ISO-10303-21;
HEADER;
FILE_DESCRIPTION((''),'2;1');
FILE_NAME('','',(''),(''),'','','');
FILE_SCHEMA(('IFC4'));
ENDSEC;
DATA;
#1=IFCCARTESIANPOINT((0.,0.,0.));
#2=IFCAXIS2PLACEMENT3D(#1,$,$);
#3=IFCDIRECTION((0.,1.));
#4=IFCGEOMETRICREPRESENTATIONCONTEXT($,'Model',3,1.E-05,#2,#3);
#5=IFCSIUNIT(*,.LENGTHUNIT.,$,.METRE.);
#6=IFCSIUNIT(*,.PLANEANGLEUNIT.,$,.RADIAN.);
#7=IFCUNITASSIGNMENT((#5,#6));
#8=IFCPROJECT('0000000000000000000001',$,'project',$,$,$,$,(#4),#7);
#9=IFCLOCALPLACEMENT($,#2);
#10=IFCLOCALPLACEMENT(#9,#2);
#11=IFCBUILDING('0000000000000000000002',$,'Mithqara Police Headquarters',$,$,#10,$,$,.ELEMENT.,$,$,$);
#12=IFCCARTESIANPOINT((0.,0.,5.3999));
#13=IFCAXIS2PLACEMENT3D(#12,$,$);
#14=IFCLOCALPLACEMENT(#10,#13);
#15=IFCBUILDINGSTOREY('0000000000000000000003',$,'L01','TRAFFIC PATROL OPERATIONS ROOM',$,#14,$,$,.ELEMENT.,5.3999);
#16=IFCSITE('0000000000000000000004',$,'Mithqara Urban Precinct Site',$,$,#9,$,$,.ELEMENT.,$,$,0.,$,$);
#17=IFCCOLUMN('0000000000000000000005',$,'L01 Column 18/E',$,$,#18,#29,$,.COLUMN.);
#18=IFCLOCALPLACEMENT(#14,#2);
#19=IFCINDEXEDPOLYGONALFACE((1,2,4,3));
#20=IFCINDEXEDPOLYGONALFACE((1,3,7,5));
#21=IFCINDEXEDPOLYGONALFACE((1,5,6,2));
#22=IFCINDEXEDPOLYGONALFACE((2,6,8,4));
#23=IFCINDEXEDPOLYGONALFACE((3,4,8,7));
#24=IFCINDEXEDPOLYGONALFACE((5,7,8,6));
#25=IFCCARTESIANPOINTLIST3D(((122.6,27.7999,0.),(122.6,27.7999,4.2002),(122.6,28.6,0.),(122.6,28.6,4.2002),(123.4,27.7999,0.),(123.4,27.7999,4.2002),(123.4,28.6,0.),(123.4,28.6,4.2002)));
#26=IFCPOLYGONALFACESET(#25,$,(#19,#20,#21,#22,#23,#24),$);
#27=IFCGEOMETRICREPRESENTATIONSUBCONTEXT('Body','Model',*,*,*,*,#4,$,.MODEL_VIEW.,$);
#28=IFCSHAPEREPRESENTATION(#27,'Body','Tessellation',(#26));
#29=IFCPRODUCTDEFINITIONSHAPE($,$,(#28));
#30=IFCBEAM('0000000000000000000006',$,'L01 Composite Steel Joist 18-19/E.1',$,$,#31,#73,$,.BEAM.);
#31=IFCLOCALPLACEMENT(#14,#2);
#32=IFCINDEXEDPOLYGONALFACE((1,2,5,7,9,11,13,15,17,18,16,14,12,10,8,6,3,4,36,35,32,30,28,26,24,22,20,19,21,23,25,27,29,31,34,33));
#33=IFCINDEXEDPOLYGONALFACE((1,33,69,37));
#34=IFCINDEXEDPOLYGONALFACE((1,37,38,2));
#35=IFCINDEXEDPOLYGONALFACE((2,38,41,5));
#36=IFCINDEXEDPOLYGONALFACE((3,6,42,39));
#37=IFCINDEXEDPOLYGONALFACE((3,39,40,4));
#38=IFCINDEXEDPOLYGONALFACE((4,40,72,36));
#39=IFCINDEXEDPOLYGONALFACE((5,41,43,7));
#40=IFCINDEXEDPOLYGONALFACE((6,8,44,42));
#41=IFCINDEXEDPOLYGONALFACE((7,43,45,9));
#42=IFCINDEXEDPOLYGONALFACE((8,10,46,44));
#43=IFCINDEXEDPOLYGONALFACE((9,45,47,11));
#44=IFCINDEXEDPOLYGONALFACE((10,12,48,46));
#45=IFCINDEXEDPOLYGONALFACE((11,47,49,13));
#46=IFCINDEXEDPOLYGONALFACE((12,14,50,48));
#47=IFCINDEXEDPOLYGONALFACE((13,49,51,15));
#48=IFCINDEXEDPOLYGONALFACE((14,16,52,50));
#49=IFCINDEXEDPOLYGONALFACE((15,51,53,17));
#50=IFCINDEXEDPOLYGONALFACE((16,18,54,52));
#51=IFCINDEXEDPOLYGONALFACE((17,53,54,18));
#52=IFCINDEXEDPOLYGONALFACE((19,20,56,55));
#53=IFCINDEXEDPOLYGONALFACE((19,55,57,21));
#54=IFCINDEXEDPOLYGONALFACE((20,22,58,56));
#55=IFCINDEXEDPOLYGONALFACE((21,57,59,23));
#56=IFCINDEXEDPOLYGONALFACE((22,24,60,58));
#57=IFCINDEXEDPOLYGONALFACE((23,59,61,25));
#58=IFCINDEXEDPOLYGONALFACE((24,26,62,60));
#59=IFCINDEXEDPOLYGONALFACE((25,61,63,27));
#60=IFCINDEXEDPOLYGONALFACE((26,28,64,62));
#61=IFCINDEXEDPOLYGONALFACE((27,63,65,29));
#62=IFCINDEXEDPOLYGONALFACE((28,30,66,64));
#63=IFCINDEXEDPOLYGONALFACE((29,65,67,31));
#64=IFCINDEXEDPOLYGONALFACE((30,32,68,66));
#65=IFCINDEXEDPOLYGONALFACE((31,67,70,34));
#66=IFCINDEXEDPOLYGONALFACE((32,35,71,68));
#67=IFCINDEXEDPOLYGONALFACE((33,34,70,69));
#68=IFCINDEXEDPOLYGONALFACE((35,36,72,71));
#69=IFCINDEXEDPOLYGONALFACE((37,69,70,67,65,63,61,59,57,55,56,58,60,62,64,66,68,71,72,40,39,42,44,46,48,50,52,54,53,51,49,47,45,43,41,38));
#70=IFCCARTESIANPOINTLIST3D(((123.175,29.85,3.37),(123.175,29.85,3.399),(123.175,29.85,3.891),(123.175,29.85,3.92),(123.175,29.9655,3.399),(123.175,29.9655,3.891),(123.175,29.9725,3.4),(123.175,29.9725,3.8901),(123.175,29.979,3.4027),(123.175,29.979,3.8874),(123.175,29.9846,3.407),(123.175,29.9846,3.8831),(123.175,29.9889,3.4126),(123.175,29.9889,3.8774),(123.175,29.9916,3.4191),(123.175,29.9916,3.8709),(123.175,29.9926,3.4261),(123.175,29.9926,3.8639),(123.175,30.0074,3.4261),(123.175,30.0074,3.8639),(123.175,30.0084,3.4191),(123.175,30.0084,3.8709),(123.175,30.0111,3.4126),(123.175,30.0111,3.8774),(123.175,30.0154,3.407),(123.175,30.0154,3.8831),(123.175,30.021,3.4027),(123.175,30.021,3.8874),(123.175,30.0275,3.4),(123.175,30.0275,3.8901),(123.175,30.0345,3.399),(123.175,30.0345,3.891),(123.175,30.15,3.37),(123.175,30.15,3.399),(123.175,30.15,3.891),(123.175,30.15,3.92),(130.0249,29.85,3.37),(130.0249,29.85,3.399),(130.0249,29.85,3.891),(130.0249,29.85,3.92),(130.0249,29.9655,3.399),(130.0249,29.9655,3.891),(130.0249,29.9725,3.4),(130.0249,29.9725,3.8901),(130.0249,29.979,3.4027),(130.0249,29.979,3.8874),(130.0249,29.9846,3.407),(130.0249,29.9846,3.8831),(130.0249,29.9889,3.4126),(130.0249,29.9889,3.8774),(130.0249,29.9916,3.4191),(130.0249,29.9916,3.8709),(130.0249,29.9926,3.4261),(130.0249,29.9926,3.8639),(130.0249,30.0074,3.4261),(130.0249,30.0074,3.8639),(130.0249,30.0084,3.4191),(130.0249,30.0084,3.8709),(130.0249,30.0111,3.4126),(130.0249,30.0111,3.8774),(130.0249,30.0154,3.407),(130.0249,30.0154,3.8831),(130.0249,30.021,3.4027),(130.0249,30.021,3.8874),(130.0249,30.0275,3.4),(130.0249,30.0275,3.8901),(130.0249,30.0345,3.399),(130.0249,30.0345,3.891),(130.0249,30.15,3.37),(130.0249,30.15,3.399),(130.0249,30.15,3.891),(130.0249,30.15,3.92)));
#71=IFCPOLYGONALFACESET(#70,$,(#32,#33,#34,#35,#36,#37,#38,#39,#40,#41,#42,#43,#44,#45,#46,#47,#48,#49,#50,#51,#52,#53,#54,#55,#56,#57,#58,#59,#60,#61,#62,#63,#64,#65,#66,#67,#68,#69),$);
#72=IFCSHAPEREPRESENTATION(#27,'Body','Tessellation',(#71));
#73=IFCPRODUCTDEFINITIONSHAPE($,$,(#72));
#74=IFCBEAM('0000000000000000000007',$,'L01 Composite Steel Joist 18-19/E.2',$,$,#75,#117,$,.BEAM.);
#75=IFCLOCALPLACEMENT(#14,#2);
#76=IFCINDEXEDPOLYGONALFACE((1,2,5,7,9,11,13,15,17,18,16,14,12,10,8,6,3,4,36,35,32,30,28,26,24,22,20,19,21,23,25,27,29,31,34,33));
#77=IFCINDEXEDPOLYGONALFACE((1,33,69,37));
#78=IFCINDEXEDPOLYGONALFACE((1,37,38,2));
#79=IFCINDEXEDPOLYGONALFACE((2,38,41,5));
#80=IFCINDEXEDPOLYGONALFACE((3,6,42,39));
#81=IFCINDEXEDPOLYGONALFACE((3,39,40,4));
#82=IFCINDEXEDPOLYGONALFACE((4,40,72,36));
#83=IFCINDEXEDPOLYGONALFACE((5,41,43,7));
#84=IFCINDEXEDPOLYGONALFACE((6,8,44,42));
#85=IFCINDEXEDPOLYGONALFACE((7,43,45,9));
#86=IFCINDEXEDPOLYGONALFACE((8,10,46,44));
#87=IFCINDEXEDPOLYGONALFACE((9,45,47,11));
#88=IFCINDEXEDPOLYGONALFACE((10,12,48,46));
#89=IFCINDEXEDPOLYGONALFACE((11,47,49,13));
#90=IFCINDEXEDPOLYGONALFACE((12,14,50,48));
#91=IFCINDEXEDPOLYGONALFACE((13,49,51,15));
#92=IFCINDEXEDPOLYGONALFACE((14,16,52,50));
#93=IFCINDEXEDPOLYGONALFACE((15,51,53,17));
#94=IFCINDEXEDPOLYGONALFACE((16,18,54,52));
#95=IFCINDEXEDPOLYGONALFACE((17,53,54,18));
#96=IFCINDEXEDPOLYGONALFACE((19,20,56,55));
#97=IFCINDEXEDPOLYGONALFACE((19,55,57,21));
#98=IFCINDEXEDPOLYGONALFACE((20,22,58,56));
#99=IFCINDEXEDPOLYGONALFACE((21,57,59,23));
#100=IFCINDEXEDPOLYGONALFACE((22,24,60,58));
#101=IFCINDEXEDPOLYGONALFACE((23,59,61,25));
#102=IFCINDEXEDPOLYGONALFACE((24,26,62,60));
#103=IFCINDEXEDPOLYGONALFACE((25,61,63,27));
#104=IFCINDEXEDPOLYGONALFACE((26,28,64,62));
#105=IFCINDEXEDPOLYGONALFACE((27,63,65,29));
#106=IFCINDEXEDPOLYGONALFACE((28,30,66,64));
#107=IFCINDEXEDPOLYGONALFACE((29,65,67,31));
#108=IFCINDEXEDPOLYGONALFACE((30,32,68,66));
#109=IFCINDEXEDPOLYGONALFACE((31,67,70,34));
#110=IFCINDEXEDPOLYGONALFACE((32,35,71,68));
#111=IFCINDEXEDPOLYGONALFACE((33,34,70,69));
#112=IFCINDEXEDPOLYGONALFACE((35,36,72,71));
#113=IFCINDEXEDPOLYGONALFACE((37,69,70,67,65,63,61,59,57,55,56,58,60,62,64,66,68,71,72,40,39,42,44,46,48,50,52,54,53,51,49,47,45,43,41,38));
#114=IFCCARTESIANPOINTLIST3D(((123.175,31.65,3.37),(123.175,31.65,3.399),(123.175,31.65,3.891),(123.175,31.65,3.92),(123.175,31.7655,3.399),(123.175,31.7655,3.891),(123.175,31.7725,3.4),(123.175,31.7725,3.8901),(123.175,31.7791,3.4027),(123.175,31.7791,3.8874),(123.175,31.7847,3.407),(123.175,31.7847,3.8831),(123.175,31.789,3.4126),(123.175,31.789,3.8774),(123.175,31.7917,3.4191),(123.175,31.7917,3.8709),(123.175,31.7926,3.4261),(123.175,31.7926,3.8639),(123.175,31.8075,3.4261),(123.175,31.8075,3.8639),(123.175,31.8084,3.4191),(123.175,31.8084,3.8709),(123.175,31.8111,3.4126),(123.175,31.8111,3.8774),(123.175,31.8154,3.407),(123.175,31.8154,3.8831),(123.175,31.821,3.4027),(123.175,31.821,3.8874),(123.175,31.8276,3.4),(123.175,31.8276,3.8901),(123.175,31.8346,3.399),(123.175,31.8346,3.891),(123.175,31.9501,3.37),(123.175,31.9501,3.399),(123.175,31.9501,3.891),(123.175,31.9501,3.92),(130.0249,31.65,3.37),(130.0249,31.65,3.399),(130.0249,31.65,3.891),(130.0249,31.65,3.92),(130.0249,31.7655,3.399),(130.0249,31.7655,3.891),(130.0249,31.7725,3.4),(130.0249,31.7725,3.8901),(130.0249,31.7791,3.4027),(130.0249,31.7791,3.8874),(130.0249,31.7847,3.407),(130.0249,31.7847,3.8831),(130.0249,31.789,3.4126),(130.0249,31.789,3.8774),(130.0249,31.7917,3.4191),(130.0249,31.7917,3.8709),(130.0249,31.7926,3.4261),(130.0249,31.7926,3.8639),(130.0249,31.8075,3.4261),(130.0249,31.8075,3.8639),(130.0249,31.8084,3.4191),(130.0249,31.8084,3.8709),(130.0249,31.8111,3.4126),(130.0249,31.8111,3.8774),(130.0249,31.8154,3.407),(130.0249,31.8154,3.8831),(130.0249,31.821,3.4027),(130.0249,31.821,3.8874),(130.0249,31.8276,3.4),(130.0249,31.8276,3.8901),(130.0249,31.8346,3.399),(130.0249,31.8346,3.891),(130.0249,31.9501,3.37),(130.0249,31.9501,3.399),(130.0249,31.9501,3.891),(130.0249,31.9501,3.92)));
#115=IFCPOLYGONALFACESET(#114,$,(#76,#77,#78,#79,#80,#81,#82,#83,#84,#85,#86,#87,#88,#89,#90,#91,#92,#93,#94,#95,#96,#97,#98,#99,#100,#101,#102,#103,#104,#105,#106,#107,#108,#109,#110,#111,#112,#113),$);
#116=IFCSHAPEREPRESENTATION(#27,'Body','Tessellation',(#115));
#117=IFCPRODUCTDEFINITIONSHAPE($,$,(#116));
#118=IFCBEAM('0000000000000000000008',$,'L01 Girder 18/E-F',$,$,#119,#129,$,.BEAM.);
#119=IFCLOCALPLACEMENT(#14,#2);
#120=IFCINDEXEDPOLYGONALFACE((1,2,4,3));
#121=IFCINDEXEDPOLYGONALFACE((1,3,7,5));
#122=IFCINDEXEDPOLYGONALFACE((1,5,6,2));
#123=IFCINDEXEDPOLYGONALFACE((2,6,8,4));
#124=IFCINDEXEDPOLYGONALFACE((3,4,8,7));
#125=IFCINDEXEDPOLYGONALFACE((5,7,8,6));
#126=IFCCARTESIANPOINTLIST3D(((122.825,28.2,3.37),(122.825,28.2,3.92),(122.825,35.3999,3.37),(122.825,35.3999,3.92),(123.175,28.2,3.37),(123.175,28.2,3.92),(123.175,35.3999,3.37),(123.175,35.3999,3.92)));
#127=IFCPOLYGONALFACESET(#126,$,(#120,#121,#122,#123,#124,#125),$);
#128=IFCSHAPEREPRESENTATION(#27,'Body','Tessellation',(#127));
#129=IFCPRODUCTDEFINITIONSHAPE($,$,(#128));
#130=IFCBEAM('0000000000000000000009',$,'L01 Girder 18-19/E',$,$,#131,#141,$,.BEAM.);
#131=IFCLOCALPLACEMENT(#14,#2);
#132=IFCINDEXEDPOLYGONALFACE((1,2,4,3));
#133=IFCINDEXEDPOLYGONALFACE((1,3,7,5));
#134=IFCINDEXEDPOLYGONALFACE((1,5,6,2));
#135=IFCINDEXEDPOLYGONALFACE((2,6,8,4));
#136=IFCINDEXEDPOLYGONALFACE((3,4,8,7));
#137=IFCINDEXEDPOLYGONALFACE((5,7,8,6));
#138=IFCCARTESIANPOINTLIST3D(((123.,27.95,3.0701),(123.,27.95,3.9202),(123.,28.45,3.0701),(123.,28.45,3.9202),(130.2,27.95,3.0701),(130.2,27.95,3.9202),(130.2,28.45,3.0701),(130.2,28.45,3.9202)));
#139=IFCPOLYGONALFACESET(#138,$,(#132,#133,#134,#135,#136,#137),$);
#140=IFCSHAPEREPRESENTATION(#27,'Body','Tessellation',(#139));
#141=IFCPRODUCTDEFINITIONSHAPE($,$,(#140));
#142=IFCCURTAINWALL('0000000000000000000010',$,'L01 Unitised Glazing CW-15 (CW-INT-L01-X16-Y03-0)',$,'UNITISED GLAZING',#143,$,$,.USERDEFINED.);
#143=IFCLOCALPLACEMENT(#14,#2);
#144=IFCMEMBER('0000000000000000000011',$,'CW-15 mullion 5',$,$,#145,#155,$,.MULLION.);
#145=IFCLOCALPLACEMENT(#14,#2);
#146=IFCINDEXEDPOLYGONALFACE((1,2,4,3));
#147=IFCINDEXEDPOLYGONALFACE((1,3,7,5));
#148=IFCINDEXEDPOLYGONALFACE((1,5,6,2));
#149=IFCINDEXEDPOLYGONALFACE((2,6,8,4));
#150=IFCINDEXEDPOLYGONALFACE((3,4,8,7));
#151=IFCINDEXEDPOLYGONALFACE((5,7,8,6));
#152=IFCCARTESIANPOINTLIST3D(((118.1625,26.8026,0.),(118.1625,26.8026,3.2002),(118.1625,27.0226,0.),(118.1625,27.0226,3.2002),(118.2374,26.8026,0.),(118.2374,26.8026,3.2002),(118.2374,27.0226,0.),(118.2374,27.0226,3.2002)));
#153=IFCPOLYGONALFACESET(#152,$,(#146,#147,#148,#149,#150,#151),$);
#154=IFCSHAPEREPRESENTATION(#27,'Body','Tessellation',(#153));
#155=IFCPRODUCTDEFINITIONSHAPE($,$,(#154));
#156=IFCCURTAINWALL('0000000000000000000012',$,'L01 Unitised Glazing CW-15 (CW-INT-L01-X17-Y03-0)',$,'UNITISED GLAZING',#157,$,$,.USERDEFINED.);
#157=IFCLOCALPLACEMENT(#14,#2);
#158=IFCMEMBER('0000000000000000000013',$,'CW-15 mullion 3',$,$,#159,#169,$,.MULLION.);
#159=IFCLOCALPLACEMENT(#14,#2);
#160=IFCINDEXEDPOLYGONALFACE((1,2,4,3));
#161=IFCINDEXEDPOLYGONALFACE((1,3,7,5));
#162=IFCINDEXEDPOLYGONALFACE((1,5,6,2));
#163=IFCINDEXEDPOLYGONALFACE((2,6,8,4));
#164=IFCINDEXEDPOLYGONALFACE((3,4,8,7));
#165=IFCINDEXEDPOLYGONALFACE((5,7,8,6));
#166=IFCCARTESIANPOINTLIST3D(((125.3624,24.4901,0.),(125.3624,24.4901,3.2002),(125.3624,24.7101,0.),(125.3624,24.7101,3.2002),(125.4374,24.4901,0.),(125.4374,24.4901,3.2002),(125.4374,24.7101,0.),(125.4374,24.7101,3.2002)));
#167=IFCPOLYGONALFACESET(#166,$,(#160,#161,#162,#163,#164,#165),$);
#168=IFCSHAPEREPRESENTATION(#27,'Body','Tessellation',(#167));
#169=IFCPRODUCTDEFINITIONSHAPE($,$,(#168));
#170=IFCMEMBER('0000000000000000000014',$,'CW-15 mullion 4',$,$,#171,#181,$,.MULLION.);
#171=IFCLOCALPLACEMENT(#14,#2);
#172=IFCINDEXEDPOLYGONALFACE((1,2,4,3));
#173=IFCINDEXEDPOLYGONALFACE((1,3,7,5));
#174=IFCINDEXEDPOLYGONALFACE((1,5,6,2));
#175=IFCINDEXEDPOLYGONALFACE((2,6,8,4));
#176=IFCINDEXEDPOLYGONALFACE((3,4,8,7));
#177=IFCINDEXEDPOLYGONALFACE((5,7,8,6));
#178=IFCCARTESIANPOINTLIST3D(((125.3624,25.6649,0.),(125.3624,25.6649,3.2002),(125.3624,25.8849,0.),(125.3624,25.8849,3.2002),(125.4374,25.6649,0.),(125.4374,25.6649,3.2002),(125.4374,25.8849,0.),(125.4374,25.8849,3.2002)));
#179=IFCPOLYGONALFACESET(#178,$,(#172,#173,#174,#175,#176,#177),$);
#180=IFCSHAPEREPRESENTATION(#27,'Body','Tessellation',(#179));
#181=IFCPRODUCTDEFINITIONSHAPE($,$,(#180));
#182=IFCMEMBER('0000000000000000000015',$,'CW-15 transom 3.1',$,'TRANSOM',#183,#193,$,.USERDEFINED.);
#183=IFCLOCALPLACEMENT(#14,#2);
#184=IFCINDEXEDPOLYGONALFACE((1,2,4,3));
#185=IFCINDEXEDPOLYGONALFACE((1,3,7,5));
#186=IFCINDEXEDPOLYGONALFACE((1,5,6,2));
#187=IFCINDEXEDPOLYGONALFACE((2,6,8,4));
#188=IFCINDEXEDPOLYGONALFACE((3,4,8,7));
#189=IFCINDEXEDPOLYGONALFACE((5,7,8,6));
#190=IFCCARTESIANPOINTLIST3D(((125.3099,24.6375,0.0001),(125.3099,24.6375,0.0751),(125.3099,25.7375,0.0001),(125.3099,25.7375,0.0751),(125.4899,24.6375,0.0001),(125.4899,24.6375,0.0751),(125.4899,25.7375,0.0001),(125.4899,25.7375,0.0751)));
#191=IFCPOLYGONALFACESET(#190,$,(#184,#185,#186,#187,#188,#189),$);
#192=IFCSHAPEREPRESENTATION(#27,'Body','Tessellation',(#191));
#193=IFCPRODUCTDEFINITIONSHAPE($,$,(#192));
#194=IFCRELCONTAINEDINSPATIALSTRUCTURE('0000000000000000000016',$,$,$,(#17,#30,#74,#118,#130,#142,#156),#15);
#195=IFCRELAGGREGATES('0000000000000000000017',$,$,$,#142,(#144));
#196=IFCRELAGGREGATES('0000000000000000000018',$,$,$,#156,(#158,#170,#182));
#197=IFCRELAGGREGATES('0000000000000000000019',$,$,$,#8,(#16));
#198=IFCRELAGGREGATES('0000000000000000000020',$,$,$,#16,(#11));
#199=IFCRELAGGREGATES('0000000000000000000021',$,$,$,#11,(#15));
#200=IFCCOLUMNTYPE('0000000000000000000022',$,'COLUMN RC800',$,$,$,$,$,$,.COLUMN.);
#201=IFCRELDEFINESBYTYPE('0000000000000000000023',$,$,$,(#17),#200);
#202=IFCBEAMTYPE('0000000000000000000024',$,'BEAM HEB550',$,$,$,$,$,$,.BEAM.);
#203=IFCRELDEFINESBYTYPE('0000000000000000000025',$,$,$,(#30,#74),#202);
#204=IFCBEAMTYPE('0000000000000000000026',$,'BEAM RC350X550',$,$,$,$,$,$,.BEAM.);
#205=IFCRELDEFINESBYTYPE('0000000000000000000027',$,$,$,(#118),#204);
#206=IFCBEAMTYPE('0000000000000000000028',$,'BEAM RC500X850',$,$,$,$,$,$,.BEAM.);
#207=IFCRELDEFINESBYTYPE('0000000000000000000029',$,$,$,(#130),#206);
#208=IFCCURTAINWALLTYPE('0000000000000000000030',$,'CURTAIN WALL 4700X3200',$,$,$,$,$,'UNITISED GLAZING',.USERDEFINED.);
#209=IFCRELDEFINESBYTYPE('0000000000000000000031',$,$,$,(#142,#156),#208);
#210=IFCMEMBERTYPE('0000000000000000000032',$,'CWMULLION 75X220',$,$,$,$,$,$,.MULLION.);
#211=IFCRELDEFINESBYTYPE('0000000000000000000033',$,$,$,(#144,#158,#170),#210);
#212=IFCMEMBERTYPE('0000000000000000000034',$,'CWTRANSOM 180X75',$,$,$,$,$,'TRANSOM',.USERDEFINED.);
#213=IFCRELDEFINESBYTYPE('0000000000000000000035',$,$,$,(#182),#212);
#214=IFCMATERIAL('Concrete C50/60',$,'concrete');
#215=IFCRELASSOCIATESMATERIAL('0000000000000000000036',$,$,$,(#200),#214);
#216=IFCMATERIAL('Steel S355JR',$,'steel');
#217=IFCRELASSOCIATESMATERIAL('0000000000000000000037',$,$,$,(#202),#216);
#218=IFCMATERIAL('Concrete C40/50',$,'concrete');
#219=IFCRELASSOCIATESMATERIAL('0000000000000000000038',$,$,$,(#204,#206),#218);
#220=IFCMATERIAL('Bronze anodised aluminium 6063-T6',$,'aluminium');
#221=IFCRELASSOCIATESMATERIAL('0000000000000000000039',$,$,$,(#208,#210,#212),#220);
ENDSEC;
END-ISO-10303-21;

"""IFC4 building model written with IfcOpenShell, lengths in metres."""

from ifc_helpers import new_model, si_unit, direction, frame, origin, origin_2d, place, context, subcontext, project, spatial, rectangle, i_section, extrude, material, material_profile, profile_set, type_object, element, aggregate, save


model = new_model("IFC4")

# Units and contexts
model_context = context("Model", 3, precision=1e-05, world=origin(), true_north=direction((0.0, 1.0)))
body_context = subcontext(model_context, "Body", "Model", "MODEL_VIEW")
ifc_project = project(units=[si_unit("LENGTHUNIT", "METRE"), si_unit("PLANEANGLEUNIT", "RADIAN")], contexts=[model_context])

# Site, building, storey
site_placement = place(None, origin())
site = spatial("IfcSite", under=ifc_project, at=site_placement, Name="Mithqara Urban Precinct Site", CompositionType="ELEMENT", RefElevation=0.0)
building_placement = place(site_placement, origin())
building = spatial("IfcBuilding", under=site, at=building_placement, Name="Mithqara Police Headquarters", CompositionType="ELEMENT")
storey_placement = place(building_placement, frame((0.0, 0.0, 5.3999)))
storey = spatial("IfcBuildingStorey", under=building, at=storey_placement, Name="L01", Description="TRAFFIC PATROL OPERATIONS ROOM", CompositionType="ELEMENT", Elevation=5.3999)

# Column
ifc_material_1 = material(Name="Concrete C50/60", Category="concrete")
ifc_material_profile_1 = material_profile(ifc_material_1, rectangle(XDim=0.8, YDim=0.8, at=origin_2d()), Name="RC 800x800")
ifc_profile_set_1 = profile_set([ifc_material_profile_1], Name="Concrete C50/60")
column_type = type_object("IfcColumnType", Name="COLUMN RC800", PredefinedType="COLUMN", material=ifc_profile_set_1)
column_placement = place(storey_placement, frame((123.0, 28.2, 0.0), z_axis=(0.0, 0.0, 1.0), x_axis=(1.0, 0.0, 0.0)))
element("IfcColumn", 1, at=column_placement, inside=storey, type_object=column_type, Name="L01 Column 18/E", PredefinedType="COLUMN", context=body_context, shape_type="SweptSolid", body=[
    extrude(rectangle(XDim=0.8, YDim=0.8, at=origin_2d()), origin(), (0.0, 0.0, 1.0), 4.2002),
])

# Beams
ifc_material_2 = material(Name="Steel S355JR", Category="steel")
ifc_material_profile_2 = material_profile(ifc_material_2, i_section(OverallWidth=0.3, OverallDepth=0.55, WebThickness=0.0149, FlangeThickness=0.0291, FilletRadius=0.0271, at=origin_2d()), Name="HEB 550")
ifc_profile_set_2 = profile_set([ifc_material_profile_2], Name="Steel S355JR")
beam_type_1 = type_object("IfcBeamType", Name="BEAM HEB550", PredefinedType="BEAM", material=ifc_profile_set_2)
for number, where, z_axis, x_axis, name in (
    (2, (123.175, 30.0, 3.645), (1.0, 0.0, 0.0), (0.0, 1.0, 0.0), "L01 Composite Steel Joist 18-19/E.1"),
    (3, (123.175, 31.8, 3.645), (1.0, 0.0, 0.0), (0.0, 1.0, 0.0), "L01 Composite Steel Joist 18-19/E.2"),
):
    element("IfcBeam", number, at=place(storey_placement, frame(where, z_axis=z_axis, x_axis=x_axis)), inside=storey, type_object=beam_type_1, Name=name, PredefinedType="BEAM", context=body_context, shape_type="SweptSolid", body=[
        extrude(i_section(OverallWidth=0.3, OverallDepth=0.55, WebThickness=0.0149, FlangeThickness=0.0291, FilletRadius=0.0271, at=origin_2d()), origin(), (0.0, 0.0, 1.0), 6.8499),
    ])
ifc_material_3 = material(Name="Concrete C40/50", Category="concrete")
ifc_material_profile_3 = material_profile(ifc_material_3, rectangle(XDim=0.3501, YDim=0.55, at=origin_2d()), Name="RC 350x550")
ifc_profile_set_3 = profile_set([ifc_material_profile_3], Name="Concrete C40/50")
beam_type_2 = type_object("IfcBeamType", Name="BEAM RC350X550", PredefinedType="BEAM", material=ifc_profile_set_3)
beam_1_placement = place(storey_placement, frame((123.0, 28.2, 3.645), z_axis=(0.0, 1.0, 0.0), x_axis=(-1.0, 0.0, 0.0)))
element("IfcBeam", 4, at=beam_1_placement, inside=storey, type_object=beam_type_2, Name="L01 Girder 18/E-F", PredefinedType="BEAM", context=body_context, shape_type="SweptSolid", body=[
    extrude(rectangle(XDim=0.3501, YDim=0.55, at=origin_2d()), origin(), (0.0, 0.0, 1.0), 7.2),
])
ifc_material_profile_4 = material_profile(ifc_material_3, rectangle(XDim=0.5, YDim=0.8501, at=origin_2d()), Name="RC 500x850")
ifc_profile_set_4 = profile_set([ifc_material_profile_4], Name="Concrete C40/50")
beam_type_3 = type_object("IfcBeamType", Name="BEAM RC500X850", PredefinedType="BEAM", material=ifc_profile_set_4)
beam_2_placement = place(storey_placement, frame((123.0, 28.2, 3.4951), z_axis=(1.0, 0.0, 0.0), x_axis=(0.0, 1.0, 0.0)))
element("IfcBeam", 5, at=beam_2_placement, inside=storey, type_object=beam_type_3, Name="L01 Girder 18-19/E", PredefinedType="BEAM", context=body_context, shape_type="SweptSolid", body=[
    extrude(rectangle(XDim=0.5, YDim=0.8501, at=origin_2d()), origin(), (0.0, 0.0, 1.0), 7.2),
])

# Curtain wall, member
ifc_material_4 = material(Name="Bronze anodised aluminium 6063-T6", Category="aluminium")
curtain_wall_type = type_object("IfcCurtainWallType", Name="CURTAIN WALL 4700X3200", ElementType="UNITISED GLAZING", PredefinedType="USERDEFINED", material=ifc_material_4)
curtain_wall_1_placement = place(storey_placement, origin())
curtain_wall_1 = element("IfcCurtainWall", 6, at=curtain_wall_1_placement, inside=storey, type_object=curtain_wall_type, Name="L01 Unitised Glazing CW-15 (CW-INT-L01-X16-Y03-0)", ObjectType="UNITISED GLAZING", PredefinedType="USERDEFINED")
ifc_material_profile_5 = material_profile(ifc_material_4, rectangle(XDim=0.075, YDim=0.22, at=origin_2d()), Name="CWM 75x220")
ifc_profile_set_5 = profile_set([ifc_material_profile_5], Name="Bronze anodised aluminium 6063-T6")
member_type_1 = type_object("IfcMemberType", Name="CWMULLION 75X220", PredefinedType="MULLION", material=ifc_profile_set_5)
member_1_placement = place(storey_placement, frame((118.2, 26.9126, 0.0), z_axis=(0.0, 0.0, 1.0), x_axis=(-1.0, 0.0, 0.0)))
member_1 = element("IfcMember", 7, at=member_1_placement, type_object=member_type_1, Name="CW-15 mullion 5", PredefinedType="MULLION", context=body_context, shape_type="SweptSolid", body=[
    extrude(rectangle(XDim=0.075, YDim=0.22, at=origin_2d()), origin(), (0.0, 0.0, 1.0), 3.2002),
])
aggregate(curtain_wall_1, [member_1])

# Curtain wall, members
curtain_wall_2_placement = place(storey_placement, origin())
curtain_wall_2 = element("IfcCurtainWall", 8, at=curtain_wall_2_placement, inside=storey, type_object=curtain_wall_type, Name="L01 Unitised Glazing CW-15 (CW-INT-L01-X17-Y03-0)", ObjectType="UNITISED GLAZING", PredefinedType="USERDEFINED")
member_2_placement = place(storey_placement, frame((125.3999, 24.6001, 0.0), z_axis=(0.0, 0.0, 1.0), x_axis=(-1.0, 0.0, 0.0)))
member_2 = element("IfcMember", 9, at=member_2_placement, type_object=member_type_1, Name="CW-15 mullion 3", PredefinedType="MULLION", context=body_context, shape_type="SweptSolid", body=[
    extrude(rectangle(XDim=0.075, YDim=0.22, at=origin_2d()), origin(), (0.0, 0.0, 1.0), 3.2002),
])
member_3_placement = place(storey_placement, frame((125.3999, 25.7749, 0.0), z_axis=(0.0, 0.0, 1.0), x_axis=(-1.0, 0.0, 0.0)))
member_3 = element("IfcMember", 10, at=member_3_placement, type_object=member_type_1, Name="CW-15 mullion 4", PredefinedType="MULLION", context=body_context, shape_type="SweptSolid", body=[
    extrude(rectangle(XDim=0.075, YDim=0.22, at=origin_2d()), origin(), (0.0, 0.0, 1.0), 3.2002),
])
ifc_material_profile_6 = material_profile(ifc_material_4, rectangle(XDim=0.1799, YDim=0.075, at=origin_2d()), Name="CWT 180x75")
ifc_profile_set_6 = profile_set([ifc_material_profile_6], Name="Bronze anodised aluminium 6063-T6")
member_type_2 = type_object("IfcMemberType", Name="CWTRANSOM 180X75", ElementType="TRANSOM", PredefinedType="USERDEFINED", material=ifc_profile_set_6)
member_4_placement = place(storey_placement, frame((125.3999, 24.6375, 0.0376), z_axis=(0.0, 1.0, 0.0), x_axis=(-1.0, 0.0, 0.0)))
member_4 = element("IfcMember", 11, at=member_4_placement, type_object=member_type_2, Name="CW-15 transom 3.1", ObjectType="TRANSOM", PredefinedType="USERDEFINED", context=body_context, shape_type="SweptSolid", body=[
    extrude(rectangle(XDim=0.1799, YDim=0.075, at=origin_2d()), origin(), (0.0, 0.0, 1.0), 1.1001),
])

aggregate(curtain_wall_2, [member_2, member_3, member_4])

save(model, "model.ifc")
